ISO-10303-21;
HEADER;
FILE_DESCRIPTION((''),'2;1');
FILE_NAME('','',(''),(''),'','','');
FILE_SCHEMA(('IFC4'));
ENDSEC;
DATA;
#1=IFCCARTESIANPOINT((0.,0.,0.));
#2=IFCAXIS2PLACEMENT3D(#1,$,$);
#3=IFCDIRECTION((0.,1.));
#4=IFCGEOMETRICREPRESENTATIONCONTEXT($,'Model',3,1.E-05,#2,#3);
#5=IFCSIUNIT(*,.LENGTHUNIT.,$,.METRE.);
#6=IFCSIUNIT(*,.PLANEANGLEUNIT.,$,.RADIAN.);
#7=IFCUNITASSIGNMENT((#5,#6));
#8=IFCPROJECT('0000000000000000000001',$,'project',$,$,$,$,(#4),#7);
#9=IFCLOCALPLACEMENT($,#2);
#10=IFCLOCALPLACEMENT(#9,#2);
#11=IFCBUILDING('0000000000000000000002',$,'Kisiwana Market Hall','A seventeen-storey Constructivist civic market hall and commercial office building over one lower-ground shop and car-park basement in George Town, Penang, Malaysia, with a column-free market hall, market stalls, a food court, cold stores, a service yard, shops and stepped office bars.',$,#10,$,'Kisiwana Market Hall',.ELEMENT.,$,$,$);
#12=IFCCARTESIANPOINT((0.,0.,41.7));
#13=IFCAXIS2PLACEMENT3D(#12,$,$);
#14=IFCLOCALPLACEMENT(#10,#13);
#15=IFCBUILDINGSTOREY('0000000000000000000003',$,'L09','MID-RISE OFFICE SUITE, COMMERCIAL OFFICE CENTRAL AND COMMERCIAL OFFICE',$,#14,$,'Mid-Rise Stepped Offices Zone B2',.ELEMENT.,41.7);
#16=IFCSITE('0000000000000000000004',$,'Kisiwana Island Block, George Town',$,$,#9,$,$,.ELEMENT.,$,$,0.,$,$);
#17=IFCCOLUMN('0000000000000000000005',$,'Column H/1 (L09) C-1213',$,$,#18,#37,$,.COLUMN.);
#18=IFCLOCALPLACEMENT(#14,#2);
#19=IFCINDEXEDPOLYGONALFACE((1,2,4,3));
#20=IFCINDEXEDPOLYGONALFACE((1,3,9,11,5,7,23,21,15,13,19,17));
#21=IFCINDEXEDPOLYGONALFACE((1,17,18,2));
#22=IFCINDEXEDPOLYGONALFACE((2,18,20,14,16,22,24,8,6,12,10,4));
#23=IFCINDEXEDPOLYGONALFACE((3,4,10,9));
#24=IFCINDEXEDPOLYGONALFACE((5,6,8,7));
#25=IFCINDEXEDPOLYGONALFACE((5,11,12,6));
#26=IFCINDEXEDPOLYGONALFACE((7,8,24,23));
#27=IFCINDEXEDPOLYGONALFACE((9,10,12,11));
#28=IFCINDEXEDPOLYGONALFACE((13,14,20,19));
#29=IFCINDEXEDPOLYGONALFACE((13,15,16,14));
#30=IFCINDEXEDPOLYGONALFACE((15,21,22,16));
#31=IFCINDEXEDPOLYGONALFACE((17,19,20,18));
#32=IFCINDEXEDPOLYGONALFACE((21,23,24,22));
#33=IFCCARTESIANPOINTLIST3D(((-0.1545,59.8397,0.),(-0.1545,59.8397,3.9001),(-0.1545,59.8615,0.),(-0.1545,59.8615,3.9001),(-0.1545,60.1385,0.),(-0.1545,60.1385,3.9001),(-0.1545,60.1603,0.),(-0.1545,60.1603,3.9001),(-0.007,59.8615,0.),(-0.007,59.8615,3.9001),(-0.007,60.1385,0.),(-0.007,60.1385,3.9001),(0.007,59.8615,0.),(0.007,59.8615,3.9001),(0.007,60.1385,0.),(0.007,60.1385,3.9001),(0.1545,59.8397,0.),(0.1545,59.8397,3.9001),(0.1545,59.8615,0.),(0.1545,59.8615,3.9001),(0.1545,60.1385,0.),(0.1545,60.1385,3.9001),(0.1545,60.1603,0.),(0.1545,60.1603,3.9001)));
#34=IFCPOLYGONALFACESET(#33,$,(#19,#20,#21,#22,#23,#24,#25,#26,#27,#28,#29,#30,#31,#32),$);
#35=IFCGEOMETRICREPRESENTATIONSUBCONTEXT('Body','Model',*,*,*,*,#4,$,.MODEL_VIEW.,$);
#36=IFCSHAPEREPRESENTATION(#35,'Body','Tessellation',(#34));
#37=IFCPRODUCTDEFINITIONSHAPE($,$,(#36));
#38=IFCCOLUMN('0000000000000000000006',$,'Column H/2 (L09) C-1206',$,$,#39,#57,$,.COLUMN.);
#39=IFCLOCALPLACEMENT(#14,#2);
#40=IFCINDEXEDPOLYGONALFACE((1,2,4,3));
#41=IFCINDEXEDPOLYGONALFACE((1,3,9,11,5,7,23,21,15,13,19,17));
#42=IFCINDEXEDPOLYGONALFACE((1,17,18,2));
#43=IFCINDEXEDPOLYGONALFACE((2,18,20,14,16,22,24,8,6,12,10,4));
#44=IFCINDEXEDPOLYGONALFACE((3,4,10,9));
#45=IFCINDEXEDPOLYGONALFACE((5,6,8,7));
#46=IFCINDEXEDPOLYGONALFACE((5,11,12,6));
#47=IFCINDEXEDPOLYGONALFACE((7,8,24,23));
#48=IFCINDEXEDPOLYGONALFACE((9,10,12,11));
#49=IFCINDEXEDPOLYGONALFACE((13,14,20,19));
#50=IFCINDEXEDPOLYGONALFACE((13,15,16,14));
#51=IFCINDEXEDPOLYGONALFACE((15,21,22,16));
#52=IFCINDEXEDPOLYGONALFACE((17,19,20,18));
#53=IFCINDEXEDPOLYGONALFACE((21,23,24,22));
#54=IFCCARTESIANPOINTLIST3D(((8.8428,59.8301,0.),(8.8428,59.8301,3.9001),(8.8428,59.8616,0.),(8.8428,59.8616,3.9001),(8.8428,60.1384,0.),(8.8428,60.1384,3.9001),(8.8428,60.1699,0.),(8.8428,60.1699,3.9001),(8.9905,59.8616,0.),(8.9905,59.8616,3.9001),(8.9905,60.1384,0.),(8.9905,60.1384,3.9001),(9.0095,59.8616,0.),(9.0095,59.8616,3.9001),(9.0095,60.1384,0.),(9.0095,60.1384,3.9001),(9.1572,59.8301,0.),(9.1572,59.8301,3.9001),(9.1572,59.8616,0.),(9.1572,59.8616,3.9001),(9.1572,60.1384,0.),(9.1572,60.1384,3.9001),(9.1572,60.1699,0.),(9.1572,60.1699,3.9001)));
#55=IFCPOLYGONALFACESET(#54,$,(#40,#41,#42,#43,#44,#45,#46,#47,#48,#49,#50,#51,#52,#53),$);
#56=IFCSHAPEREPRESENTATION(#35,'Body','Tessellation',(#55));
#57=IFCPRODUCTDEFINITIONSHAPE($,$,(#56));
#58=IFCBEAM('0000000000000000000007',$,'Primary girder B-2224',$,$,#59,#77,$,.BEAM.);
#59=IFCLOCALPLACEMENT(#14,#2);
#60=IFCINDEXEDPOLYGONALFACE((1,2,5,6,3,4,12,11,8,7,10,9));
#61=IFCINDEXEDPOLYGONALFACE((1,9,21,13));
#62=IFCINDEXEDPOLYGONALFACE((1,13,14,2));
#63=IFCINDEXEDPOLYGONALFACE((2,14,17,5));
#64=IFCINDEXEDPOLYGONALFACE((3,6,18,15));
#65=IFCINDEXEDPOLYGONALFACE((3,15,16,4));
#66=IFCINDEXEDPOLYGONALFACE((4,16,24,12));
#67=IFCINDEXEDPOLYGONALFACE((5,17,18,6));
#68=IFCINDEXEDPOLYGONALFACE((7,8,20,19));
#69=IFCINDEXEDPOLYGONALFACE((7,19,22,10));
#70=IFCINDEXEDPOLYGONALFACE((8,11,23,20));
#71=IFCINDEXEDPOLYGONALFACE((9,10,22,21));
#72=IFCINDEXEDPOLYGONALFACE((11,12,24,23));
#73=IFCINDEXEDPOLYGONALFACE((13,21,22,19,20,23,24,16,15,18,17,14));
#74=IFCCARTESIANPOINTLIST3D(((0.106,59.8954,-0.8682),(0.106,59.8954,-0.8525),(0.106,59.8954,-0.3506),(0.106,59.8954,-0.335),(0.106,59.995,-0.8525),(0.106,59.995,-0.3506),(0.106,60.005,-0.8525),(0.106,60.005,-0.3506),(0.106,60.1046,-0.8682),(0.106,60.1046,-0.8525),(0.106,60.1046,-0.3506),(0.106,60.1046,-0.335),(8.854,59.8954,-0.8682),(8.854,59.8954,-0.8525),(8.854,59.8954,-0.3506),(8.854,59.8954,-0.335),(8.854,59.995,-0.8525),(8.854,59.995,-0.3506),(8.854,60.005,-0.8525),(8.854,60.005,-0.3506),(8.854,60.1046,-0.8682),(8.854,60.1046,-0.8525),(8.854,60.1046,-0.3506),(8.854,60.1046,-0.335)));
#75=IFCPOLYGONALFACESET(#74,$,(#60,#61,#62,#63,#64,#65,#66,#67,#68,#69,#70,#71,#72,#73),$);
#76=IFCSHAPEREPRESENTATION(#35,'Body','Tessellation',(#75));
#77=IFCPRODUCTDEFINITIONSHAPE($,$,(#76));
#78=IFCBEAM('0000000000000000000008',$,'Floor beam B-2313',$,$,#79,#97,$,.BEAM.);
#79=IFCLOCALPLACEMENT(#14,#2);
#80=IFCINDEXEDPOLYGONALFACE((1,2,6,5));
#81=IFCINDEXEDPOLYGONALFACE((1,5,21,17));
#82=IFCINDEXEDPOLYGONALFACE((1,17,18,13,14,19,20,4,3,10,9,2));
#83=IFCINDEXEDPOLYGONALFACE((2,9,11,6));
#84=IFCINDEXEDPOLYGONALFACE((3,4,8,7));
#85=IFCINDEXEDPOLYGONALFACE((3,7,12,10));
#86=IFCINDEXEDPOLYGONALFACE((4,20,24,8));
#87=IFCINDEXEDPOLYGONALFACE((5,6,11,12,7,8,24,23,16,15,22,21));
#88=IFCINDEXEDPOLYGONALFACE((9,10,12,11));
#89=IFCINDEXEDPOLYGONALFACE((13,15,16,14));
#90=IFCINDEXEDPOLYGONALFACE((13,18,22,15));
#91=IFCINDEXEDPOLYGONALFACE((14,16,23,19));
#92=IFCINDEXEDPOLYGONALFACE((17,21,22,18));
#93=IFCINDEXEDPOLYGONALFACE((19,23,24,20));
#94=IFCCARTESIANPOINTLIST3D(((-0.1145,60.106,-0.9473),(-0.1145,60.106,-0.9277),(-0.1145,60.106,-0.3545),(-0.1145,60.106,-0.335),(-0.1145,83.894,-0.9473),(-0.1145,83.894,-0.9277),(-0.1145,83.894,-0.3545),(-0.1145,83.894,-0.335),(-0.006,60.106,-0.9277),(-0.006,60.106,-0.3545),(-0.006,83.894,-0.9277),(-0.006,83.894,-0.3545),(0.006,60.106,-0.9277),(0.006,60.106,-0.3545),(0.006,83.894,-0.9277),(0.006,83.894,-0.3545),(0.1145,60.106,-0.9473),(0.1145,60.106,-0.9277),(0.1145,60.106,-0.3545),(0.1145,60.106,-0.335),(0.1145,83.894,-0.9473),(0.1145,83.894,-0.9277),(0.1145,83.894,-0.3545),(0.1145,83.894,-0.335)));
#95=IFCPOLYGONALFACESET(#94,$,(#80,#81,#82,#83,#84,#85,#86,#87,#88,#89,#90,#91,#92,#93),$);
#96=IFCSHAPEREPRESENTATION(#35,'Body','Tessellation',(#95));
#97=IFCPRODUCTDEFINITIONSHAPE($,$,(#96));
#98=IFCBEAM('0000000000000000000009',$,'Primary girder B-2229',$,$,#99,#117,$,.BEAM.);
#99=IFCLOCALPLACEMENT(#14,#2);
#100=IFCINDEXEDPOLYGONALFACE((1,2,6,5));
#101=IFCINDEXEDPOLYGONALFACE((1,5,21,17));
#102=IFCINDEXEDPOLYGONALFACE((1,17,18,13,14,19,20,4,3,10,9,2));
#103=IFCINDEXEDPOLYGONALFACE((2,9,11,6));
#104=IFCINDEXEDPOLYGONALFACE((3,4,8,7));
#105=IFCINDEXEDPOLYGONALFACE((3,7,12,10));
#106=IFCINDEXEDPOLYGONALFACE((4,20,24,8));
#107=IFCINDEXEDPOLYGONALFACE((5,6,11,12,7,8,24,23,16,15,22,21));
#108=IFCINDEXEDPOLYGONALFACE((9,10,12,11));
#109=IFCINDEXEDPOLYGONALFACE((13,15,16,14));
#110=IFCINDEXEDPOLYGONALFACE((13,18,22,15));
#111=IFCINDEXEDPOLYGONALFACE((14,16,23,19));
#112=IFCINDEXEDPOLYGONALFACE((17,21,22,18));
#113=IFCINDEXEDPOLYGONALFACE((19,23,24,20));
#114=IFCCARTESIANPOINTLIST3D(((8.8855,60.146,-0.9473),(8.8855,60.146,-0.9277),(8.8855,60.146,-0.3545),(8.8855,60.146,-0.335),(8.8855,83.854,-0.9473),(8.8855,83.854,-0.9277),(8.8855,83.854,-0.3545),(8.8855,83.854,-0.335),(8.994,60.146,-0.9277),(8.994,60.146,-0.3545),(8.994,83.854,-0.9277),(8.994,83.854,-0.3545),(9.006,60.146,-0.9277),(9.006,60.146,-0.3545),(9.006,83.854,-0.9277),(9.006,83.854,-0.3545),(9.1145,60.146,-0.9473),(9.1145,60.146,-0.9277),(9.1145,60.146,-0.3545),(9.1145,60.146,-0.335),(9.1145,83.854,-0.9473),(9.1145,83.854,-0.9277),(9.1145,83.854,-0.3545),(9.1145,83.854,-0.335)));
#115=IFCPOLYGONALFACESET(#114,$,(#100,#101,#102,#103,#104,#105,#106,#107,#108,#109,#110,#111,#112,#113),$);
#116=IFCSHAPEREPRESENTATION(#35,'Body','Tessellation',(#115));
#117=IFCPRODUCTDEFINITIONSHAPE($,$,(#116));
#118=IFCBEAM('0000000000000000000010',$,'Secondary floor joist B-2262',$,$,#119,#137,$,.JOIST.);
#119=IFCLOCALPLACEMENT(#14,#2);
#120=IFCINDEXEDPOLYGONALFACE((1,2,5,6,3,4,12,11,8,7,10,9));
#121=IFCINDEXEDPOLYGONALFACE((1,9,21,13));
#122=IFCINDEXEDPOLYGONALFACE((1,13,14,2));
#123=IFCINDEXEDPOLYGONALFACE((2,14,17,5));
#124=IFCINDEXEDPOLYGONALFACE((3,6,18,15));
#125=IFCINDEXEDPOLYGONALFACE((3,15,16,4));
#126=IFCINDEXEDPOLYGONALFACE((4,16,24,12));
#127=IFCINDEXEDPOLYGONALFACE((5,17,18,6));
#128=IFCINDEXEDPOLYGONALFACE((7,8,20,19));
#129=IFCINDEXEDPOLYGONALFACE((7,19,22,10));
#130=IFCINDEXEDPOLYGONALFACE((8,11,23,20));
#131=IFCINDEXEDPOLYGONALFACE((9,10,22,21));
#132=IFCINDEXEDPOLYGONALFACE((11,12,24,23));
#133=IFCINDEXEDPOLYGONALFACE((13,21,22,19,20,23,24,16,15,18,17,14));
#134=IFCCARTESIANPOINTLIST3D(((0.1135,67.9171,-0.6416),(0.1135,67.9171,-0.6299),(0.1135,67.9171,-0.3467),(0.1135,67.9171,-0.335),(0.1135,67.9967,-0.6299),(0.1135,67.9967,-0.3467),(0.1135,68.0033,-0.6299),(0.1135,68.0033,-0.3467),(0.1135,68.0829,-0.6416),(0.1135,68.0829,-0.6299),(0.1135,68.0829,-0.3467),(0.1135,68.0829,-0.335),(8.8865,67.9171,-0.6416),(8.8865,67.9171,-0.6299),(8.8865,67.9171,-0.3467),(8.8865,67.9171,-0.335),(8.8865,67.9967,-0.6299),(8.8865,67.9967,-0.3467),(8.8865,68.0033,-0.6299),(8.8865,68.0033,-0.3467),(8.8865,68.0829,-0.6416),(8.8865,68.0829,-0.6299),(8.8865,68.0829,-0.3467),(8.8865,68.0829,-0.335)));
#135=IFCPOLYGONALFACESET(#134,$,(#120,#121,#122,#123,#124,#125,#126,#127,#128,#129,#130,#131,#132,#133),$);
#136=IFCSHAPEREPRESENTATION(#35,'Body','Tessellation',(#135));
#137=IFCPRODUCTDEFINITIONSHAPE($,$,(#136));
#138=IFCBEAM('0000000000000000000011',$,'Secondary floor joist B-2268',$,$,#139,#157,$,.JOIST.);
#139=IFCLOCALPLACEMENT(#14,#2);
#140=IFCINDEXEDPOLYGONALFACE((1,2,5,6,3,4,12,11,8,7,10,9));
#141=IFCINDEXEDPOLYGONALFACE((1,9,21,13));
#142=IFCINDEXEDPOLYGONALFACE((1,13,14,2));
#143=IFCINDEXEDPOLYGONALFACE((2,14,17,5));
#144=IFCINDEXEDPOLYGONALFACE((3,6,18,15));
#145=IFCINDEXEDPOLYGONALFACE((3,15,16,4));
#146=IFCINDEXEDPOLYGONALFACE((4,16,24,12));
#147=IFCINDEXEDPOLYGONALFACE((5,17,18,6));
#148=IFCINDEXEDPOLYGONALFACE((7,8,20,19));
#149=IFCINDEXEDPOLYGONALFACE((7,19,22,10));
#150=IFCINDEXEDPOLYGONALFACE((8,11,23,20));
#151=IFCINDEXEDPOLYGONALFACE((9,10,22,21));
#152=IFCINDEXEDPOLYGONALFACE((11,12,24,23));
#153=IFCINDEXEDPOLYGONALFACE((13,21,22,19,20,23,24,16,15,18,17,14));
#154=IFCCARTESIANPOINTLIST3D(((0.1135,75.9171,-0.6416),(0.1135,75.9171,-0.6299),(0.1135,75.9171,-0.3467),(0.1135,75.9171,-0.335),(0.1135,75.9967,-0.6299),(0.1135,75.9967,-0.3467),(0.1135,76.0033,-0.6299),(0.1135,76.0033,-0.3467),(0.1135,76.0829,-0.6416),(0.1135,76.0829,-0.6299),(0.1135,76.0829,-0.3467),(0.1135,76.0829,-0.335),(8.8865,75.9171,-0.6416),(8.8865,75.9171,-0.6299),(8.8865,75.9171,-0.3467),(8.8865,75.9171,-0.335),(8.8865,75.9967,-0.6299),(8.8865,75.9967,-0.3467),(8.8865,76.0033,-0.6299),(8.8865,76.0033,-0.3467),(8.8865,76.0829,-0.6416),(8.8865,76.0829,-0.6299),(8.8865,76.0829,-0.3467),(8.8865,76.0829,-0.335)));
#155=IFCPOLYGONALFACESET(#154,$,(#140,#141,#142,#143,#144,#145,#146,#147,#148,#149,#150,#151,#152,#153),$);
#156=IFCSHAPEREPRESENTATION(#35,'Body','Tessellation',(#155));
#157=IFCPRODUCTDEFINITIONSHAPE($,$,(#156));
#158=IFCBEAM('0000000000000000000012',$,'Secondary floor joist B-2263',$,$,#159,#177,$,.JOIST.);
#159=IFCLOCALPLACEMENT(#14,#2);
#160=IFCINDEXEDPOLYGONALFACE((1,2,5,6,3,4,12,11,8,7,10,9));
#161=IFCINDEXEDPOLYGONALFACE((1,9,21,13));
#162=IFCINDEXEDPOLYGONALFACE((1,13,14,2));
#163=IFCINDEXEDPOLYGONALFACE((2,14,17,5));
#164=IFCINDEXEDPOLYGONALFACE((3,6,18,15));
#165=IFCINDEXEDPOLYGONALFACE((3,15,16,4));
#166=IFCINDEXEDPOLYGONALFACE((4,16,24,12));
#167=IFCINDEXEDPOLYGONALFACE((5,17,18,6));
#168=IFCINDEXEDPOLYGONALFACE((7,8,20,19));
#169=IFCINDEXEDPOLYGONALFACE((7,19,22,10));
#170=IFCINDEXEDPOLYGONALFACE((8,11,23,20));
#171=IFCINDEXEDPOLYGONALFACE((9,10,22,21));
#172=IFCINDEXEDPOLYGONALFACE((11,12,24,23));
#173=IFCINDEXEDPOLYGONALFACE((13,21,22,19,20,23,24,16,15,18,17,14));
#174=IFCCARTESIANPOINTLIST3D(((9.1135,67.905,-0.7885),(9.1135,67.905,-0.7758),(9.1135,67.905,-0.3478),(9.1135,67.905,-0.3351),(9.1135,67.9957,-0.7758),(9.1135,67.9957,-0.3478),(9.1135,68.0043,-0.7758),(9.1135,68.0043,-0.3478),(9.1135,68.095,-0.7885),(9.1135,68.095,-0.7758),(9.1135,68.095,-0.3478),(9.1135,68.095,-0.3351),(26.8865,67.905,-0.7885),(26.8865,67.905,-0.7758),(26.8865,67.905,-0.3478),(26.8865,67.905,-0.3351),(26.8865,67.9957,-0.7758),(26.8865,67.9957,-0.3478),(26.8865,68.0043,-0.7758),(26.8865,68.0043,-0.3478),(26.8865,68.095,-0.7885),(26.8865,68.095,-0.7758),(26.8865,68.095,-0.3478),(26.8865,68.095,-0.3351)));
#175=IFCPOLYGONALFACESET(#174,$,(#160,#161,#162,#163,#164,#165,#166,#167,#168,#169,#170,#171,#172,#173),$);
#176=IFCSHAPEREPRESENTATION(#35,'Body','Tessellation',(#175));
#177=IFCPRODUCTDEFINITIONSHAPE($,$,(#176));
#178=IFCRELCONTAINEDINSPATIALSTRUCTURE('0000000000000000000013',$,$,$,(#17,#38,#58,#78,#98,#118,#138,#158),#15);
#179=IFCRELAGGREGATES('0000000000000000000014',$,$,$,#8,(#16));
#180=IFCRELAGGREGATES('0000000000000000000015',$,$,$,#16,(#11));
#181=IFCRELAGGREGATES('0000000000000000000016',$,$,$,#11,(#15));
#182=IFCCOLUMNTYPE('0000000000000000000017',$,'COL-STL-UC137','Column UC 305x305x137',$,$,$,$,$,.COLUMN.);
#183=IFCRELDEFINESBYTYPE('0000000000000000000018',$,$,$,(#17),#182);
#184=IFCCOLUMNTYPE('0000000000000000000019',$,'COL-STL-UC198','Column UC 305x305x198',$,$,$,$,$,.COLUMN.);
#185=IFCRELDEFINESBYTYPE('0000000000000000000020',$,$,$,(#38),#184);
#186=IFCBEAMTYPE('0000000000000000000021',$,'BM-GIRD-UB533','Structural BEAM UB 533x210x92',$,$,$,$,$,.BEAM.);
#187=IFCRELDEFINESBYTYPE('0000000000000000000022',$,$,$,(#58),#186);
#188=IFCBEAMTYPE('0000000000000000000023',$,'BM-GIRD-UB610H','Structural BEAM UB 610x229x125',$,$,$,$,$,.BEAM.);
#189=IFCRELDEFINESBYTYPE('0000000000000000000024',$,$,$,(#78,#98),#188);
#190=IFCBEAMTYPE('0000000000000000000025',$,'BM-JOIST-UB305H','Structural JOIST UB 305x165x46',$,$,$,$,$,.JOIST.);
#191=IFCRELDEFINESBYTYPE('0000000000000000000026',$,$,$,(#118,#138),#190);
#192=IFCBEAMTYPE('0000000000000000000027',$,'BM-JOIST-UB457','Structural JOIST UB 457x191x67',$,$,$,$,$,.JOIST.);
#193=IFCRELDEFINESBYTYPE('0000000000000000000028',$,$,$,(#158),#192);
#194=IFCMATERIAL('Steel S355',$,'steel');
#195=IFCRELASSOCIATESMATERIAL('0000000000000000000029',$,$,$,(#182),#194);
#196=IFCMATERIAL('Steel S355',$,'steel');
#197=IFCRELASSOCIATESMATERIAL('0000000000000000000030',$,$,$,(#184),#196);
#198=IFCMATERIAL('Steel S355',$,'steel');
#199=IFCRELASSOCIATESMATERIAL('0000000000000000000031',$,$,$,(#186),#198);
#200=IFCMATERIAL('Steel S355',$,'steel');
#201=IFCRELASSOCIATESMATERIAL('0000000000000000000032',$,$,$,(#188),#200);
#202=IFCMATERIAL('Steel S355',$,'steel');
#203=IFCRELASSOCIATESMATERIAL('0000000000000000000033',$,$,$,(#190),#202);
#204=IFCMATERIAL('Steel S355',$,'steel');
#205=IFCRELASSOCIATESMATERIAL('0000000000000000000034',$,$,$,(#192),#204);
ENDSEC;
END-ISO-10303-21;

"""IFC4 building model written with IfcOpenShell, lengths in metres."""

from ifc_helpers import new_model, si_unit, direction, frame, origin, origin_2d, place, context, subcontext, project, spatial, i_section, extrude, material, material_profile, profile_set, type_object, element, save


model = new_model("IFC4")

# Units and contexts
model_context = context("Model", 3, precision=1e-05, world=origin(), true_north=direction((0.0, 1.0)))
body_context = subcontext(model_context, "Body", "Model", "MODEL_VIEW")
ifc_project = project(units=[si_unit("LENGTHUNIT", "METRE"), si_unit("PLANEANGLEUNIT", "RADIAN")], contexts=[model_context])

# Site, building, storey
site_placement = place(None, origin())
site = spatial("IfcSite", under=ifc_project, at=site_placement, Name="Kisiwana Island Block, George Town", CompositionType="ELEMENT", RefElevation=0.0)
building_placement = place(site_placement, origin())
building = spatial("IfcBuilding", under=site, at=building_placement, Name="Kisiwana Market Hall", Description="A seventeen-storey Constructivist civic market hall and commercial office building over one lower-ground shop and car-park basement in George Town, Penang, Malaysia, with a column-free market hall, market stalls, a food court, cold stores, a service yard, shops and stepped office bars.", LongName="Kisiwana Market Hall", CompositionType="ELEMENT")
storey_placement = place(building_placement, frame((0.0, 0.0, 41.7)))
storey = spatial("IfcBuildingStorey", under=building, at=storey_placement, Name="L09", Description="MID-RISE OFFICE SUITE, COMMERCIAL OFFICE CENTRAL AND COMMERCIAL OFFICE", LongName="Mid-Rise Stepped Offices Zone B2", CompositionType="ELEMENT", Elevation=41.7)

# Columns
ifc_material_1 = material(Name="Steel S355", Category="steel")
ifc_material_profile_1 = material_profile(ifc_material_1, i_section(OverallWidth=0.3091, OverallDepth=0.3206, WebThickness=0.0139, FlangeThickness=0.0217, at=origin_2d()), Name="UC 305x305x137")
ifc_profile_set_1 = profile_set([ifc_material_profile_1], Name="Steel S355")
column_type_1 = type_object("IfcColumnType", Name="COL-STL-UC137", Description="Column UC 305x305x137", PredefinedType="COLUMN", material=ifc_profile_set_1)
column_1_placement = place(storey_placement, frame((0.0, 60.0, 0.0), z_axis=(0.0, 0.0, 1.0), x_axis=(1.0, 0.0, 0.0)))
element("IfcColumn", 1, at=column_1_placement, inside=storey, type_object=column_type_1, Name="Column H/1 (L09) C-1213", PredefinedType="COLUMN", context=body_context, shape_type="SweptSolid", body=[
    extrude(i_section(OverallWidth=0.3091, OverallDepth=0.3206, WebThickness=0.0139, FlangeThickness=0.0217, at=origin_2d()), origin(), (0.0, 0.0, 1.0), 3.9001),
])
ifc_material_2 = material(Name="Steel S355", Category="steel")
ifc_material_profile_2 = material_profile(ifc_material_2, i_section(OverallWidth=0.3145, OverallDepth=0.3398, WebThickness=0.019, FlangeThickness=0.0315, at=origin_2d()), Name="UC 305x305x198")
ifc_profile_set_2 = profile_set([ifc_material_profile_2], Name="Steel S355")
column_type_2 = type_object("IfcColumnType", Name="COL-STL-UC198", Description="Column UC 305x305x198", PredefinedType="COLUMN", material=ifc_profile_set_2)
column_2_placement = place(storey_placement, frame((9.0, 60.0, 0.0), z_axis=(0.0, 0.0, 1.0), x_axis=(1.0, 0.0, 0.0)))
element("IfcColumn", 2, at=column_2_placement, inside=storey, type_object=column_type_2, Name="Column H/2 (L09) C-1206", PredefinedType="COLUMN", context=body_context, shape_type="SweptSolid", body=[
    extrude(i_section(OverallWidth=0.3145, OverallDepth=0.3398, WebThickness=0.019, FlangeThickness=0.0315, at=origin_2d()), origin(), (0.0, 0.0, 1.0), 3.9001),
])

# Beams
ifc_material_3 = material(Name="Steel S355", Category="steel")
ifc_material_profile_3 = material_profile(ifc_material_3, i_section(OverallWidth=0.2092, OverallDepth=0.5332, WebThickness=0.01, FlangeThickness=0.0156, at=origin_2d()), Name="UB 533x210x92")
ifc_profile_set_3 = profile_set([ifc_material_profile_3], Name="Steel S355")
beam_type_1 = type_object("IfcBeamType", Name="BM-GIRD-UB533", Description="Structural BEAM UB 533x210x92", PredefinedType="BEAM", material=ifc_profile_set_3)
beam_1_placement = place(storey_placement, frame((0.106, 60.0, -0.6016), z_axis=(1.0, 0.0, 0.0), x_axis=(0.0, 1.0, 0.0)))
element("IfcBeam", 3, at=beam_1_placement, inside=storey, type_object=beam_type_1, Name="Primary girder B-2224", PredefinedType="BEAM", context=body_context, shape_type="SweptSolid", body=[
    extrude(i_section(OverallWidth=0.2092, OverallDepth=0.5332, WebThickness=0.01, FlangeThickness=0.0156, at=origin_2d()), origin(), (0.0, 0.0, 1.0), 8.748),
])
ifc_material_4 = material(Name="Steel S355", Category="steel")
ifc_material_profile_4 = material_profile(ifc_material_4, i_section(OverallWidth=0.229, OverallDepth=0.6123, WebThickness=0.012, FlangeThickness=0.0195, at=origin_2d()), Name="UB 610x229x125")
ifc_profile_set_4 = profile_set([ifc_material_profile_4], Name="Steel S355")
beam_type_2 = type_object("IfcBeamType", Name="BM-GIRD-UB610H", Description="Structural BEAM UB 610x229x125", PredefinedType="BEAM", material=ifc_profile_set_4)
beam_2_placement = place(storey_placement, frame((0.0, 60.106, -0.6411), z_axis=(0.0, 1.0, 0.0), x_axis=(-1.0, 0.0, 0.0)))
element("IfcBeam", 4, at=beam_2_placement, inside=storey, type_object=beam_type_2, Name="Floor beam B-2313", PredefinedType="BEAM", context=body_context, shape_type="SweptSolid", body=[
    extrude(i_section(OverallWidth=0.229, OverallDepth=0.6123, WebThickness=0.012, FlangeThickness=0.0195, at=origin_2d()), origin(), (0.0, 0.0, 1.0), 23.7881),
])
beam_3_placement = place(storey_placement, frame((9.0, 60.146, -0.6411), z_axis=(0.0, 1.0, 0.0), x_axis=(-1.0, 0.0, 0.0)))
element("IfcBeam", 5, at=beam_3_placement, inside=storey, type_object=beam_type_2, Name="Primary girder B-2229", PredefinedType="BEAM", context=body_context, shape_type="SweptSolid", body=[
    extrude(i_section(OverallWidth=0.229, OverallDepth=0.6123, WebThickness=0.012, FlangeThickness=0.0195, at=origin_2d()), origin(), (0.0, 0.0, 1.0), 23.708),
])
ifc_material_5 = material(Name="Steel S355", Category="steel")
ifc_material_profile_5 = material_profile(ifc_material_5, i_section(OverallWidth=0.1658, OverallDepth=0.3066, WebThickness=0.0066, FlangeThickness=0.0117, at=origin_2d()), Name="UB 305x165x46")
ifc_profile_set_5 = profile_set([ifc_material_profile_5], Name="Steel S355")
beam_type_3 = type_object("IfcBeamType", Name="BM-JOIST-UB305H", Description="Structural JOIST UB 305x165x46", PredefinedType="JOIST", material=ifc_profile_set_5)
for number, where, z_axis, x_axis, name in (
    (6, (0.1135, 68.0, -0.4883), (1.0, 0.0, 0.0), (0.0, 1.0, 0.0), "Secondary floor joist B-2262"),
    (7, (0.1135, 76.0, -0.4883), (1.0, 0.0, 0.0), (0.0, 1.0, 0.0), "Secondary floor joist B-2268"),
):
    element("IfcBeam", number, at=place(storey_placement, frame(where, z_axis=z_axis, x_axis=x_axis)), inside=storey, type_object=beam_type_3, Name=name, PredefinedType="JOIST", context=body_context, shape_type="SweptSolid", body=[
        extrude(i_section(OverallWidth=0.1658, OverallDepth=0.3066, WebThickness=0.0066, FlangeThickness=0.0117, at=origin_2d()), origin(), (0.0, 0.0, 1.0), 8.7729),
    ])
ifc_material_6 = material(Name="Steel S355", Category="steel")
ifc_material_profile_6 = material_profile(ifc_material_6, i_section(OverallWidth=0.1899, OverallDepth=0.4534, WebThickness=0.0085, FlangeThickness=0.0127, at=origin_2d()), Name="UB 457x191x67")
ifc_profile_set_6 = profile_set([ifc_material_profile_6], Name="Steel S355")
beam_type_4 = type_object("IfcBeamType", Name="BM-JOIST-UB457", Description="Structural JOIST UB 457x191x67", PredefinedType="JOIST", material=ifc_profile_set_6)
for number, where, z_axis, x_axis, name in (
    (8, (9.1135, 68.0, -0.5618), (1.0, 0.0, 0.0), (0.0, 1.0, 0.0), "Secondary floor joist B-2263"),
):
    element("IfcBeam", number, at=place(storey_placement, frame(where, z_axis=z_axis, x_axis=x_axis)), inside=storey, type_object=beam_type_4, Name=name, PredefinedType="JOIST", context=body_context, shape_type="SweptSolid", body=[
        extrude(i_section(OverallWidth=0.1899, OverallDepth=0.4534, WebThickness=0.0085, FlangeThickness=0.0127, at=origin_2d()), origin(), (0.0, 0.0, 1.0), 17.7729),
    ])

save(model, "model.ifc")
